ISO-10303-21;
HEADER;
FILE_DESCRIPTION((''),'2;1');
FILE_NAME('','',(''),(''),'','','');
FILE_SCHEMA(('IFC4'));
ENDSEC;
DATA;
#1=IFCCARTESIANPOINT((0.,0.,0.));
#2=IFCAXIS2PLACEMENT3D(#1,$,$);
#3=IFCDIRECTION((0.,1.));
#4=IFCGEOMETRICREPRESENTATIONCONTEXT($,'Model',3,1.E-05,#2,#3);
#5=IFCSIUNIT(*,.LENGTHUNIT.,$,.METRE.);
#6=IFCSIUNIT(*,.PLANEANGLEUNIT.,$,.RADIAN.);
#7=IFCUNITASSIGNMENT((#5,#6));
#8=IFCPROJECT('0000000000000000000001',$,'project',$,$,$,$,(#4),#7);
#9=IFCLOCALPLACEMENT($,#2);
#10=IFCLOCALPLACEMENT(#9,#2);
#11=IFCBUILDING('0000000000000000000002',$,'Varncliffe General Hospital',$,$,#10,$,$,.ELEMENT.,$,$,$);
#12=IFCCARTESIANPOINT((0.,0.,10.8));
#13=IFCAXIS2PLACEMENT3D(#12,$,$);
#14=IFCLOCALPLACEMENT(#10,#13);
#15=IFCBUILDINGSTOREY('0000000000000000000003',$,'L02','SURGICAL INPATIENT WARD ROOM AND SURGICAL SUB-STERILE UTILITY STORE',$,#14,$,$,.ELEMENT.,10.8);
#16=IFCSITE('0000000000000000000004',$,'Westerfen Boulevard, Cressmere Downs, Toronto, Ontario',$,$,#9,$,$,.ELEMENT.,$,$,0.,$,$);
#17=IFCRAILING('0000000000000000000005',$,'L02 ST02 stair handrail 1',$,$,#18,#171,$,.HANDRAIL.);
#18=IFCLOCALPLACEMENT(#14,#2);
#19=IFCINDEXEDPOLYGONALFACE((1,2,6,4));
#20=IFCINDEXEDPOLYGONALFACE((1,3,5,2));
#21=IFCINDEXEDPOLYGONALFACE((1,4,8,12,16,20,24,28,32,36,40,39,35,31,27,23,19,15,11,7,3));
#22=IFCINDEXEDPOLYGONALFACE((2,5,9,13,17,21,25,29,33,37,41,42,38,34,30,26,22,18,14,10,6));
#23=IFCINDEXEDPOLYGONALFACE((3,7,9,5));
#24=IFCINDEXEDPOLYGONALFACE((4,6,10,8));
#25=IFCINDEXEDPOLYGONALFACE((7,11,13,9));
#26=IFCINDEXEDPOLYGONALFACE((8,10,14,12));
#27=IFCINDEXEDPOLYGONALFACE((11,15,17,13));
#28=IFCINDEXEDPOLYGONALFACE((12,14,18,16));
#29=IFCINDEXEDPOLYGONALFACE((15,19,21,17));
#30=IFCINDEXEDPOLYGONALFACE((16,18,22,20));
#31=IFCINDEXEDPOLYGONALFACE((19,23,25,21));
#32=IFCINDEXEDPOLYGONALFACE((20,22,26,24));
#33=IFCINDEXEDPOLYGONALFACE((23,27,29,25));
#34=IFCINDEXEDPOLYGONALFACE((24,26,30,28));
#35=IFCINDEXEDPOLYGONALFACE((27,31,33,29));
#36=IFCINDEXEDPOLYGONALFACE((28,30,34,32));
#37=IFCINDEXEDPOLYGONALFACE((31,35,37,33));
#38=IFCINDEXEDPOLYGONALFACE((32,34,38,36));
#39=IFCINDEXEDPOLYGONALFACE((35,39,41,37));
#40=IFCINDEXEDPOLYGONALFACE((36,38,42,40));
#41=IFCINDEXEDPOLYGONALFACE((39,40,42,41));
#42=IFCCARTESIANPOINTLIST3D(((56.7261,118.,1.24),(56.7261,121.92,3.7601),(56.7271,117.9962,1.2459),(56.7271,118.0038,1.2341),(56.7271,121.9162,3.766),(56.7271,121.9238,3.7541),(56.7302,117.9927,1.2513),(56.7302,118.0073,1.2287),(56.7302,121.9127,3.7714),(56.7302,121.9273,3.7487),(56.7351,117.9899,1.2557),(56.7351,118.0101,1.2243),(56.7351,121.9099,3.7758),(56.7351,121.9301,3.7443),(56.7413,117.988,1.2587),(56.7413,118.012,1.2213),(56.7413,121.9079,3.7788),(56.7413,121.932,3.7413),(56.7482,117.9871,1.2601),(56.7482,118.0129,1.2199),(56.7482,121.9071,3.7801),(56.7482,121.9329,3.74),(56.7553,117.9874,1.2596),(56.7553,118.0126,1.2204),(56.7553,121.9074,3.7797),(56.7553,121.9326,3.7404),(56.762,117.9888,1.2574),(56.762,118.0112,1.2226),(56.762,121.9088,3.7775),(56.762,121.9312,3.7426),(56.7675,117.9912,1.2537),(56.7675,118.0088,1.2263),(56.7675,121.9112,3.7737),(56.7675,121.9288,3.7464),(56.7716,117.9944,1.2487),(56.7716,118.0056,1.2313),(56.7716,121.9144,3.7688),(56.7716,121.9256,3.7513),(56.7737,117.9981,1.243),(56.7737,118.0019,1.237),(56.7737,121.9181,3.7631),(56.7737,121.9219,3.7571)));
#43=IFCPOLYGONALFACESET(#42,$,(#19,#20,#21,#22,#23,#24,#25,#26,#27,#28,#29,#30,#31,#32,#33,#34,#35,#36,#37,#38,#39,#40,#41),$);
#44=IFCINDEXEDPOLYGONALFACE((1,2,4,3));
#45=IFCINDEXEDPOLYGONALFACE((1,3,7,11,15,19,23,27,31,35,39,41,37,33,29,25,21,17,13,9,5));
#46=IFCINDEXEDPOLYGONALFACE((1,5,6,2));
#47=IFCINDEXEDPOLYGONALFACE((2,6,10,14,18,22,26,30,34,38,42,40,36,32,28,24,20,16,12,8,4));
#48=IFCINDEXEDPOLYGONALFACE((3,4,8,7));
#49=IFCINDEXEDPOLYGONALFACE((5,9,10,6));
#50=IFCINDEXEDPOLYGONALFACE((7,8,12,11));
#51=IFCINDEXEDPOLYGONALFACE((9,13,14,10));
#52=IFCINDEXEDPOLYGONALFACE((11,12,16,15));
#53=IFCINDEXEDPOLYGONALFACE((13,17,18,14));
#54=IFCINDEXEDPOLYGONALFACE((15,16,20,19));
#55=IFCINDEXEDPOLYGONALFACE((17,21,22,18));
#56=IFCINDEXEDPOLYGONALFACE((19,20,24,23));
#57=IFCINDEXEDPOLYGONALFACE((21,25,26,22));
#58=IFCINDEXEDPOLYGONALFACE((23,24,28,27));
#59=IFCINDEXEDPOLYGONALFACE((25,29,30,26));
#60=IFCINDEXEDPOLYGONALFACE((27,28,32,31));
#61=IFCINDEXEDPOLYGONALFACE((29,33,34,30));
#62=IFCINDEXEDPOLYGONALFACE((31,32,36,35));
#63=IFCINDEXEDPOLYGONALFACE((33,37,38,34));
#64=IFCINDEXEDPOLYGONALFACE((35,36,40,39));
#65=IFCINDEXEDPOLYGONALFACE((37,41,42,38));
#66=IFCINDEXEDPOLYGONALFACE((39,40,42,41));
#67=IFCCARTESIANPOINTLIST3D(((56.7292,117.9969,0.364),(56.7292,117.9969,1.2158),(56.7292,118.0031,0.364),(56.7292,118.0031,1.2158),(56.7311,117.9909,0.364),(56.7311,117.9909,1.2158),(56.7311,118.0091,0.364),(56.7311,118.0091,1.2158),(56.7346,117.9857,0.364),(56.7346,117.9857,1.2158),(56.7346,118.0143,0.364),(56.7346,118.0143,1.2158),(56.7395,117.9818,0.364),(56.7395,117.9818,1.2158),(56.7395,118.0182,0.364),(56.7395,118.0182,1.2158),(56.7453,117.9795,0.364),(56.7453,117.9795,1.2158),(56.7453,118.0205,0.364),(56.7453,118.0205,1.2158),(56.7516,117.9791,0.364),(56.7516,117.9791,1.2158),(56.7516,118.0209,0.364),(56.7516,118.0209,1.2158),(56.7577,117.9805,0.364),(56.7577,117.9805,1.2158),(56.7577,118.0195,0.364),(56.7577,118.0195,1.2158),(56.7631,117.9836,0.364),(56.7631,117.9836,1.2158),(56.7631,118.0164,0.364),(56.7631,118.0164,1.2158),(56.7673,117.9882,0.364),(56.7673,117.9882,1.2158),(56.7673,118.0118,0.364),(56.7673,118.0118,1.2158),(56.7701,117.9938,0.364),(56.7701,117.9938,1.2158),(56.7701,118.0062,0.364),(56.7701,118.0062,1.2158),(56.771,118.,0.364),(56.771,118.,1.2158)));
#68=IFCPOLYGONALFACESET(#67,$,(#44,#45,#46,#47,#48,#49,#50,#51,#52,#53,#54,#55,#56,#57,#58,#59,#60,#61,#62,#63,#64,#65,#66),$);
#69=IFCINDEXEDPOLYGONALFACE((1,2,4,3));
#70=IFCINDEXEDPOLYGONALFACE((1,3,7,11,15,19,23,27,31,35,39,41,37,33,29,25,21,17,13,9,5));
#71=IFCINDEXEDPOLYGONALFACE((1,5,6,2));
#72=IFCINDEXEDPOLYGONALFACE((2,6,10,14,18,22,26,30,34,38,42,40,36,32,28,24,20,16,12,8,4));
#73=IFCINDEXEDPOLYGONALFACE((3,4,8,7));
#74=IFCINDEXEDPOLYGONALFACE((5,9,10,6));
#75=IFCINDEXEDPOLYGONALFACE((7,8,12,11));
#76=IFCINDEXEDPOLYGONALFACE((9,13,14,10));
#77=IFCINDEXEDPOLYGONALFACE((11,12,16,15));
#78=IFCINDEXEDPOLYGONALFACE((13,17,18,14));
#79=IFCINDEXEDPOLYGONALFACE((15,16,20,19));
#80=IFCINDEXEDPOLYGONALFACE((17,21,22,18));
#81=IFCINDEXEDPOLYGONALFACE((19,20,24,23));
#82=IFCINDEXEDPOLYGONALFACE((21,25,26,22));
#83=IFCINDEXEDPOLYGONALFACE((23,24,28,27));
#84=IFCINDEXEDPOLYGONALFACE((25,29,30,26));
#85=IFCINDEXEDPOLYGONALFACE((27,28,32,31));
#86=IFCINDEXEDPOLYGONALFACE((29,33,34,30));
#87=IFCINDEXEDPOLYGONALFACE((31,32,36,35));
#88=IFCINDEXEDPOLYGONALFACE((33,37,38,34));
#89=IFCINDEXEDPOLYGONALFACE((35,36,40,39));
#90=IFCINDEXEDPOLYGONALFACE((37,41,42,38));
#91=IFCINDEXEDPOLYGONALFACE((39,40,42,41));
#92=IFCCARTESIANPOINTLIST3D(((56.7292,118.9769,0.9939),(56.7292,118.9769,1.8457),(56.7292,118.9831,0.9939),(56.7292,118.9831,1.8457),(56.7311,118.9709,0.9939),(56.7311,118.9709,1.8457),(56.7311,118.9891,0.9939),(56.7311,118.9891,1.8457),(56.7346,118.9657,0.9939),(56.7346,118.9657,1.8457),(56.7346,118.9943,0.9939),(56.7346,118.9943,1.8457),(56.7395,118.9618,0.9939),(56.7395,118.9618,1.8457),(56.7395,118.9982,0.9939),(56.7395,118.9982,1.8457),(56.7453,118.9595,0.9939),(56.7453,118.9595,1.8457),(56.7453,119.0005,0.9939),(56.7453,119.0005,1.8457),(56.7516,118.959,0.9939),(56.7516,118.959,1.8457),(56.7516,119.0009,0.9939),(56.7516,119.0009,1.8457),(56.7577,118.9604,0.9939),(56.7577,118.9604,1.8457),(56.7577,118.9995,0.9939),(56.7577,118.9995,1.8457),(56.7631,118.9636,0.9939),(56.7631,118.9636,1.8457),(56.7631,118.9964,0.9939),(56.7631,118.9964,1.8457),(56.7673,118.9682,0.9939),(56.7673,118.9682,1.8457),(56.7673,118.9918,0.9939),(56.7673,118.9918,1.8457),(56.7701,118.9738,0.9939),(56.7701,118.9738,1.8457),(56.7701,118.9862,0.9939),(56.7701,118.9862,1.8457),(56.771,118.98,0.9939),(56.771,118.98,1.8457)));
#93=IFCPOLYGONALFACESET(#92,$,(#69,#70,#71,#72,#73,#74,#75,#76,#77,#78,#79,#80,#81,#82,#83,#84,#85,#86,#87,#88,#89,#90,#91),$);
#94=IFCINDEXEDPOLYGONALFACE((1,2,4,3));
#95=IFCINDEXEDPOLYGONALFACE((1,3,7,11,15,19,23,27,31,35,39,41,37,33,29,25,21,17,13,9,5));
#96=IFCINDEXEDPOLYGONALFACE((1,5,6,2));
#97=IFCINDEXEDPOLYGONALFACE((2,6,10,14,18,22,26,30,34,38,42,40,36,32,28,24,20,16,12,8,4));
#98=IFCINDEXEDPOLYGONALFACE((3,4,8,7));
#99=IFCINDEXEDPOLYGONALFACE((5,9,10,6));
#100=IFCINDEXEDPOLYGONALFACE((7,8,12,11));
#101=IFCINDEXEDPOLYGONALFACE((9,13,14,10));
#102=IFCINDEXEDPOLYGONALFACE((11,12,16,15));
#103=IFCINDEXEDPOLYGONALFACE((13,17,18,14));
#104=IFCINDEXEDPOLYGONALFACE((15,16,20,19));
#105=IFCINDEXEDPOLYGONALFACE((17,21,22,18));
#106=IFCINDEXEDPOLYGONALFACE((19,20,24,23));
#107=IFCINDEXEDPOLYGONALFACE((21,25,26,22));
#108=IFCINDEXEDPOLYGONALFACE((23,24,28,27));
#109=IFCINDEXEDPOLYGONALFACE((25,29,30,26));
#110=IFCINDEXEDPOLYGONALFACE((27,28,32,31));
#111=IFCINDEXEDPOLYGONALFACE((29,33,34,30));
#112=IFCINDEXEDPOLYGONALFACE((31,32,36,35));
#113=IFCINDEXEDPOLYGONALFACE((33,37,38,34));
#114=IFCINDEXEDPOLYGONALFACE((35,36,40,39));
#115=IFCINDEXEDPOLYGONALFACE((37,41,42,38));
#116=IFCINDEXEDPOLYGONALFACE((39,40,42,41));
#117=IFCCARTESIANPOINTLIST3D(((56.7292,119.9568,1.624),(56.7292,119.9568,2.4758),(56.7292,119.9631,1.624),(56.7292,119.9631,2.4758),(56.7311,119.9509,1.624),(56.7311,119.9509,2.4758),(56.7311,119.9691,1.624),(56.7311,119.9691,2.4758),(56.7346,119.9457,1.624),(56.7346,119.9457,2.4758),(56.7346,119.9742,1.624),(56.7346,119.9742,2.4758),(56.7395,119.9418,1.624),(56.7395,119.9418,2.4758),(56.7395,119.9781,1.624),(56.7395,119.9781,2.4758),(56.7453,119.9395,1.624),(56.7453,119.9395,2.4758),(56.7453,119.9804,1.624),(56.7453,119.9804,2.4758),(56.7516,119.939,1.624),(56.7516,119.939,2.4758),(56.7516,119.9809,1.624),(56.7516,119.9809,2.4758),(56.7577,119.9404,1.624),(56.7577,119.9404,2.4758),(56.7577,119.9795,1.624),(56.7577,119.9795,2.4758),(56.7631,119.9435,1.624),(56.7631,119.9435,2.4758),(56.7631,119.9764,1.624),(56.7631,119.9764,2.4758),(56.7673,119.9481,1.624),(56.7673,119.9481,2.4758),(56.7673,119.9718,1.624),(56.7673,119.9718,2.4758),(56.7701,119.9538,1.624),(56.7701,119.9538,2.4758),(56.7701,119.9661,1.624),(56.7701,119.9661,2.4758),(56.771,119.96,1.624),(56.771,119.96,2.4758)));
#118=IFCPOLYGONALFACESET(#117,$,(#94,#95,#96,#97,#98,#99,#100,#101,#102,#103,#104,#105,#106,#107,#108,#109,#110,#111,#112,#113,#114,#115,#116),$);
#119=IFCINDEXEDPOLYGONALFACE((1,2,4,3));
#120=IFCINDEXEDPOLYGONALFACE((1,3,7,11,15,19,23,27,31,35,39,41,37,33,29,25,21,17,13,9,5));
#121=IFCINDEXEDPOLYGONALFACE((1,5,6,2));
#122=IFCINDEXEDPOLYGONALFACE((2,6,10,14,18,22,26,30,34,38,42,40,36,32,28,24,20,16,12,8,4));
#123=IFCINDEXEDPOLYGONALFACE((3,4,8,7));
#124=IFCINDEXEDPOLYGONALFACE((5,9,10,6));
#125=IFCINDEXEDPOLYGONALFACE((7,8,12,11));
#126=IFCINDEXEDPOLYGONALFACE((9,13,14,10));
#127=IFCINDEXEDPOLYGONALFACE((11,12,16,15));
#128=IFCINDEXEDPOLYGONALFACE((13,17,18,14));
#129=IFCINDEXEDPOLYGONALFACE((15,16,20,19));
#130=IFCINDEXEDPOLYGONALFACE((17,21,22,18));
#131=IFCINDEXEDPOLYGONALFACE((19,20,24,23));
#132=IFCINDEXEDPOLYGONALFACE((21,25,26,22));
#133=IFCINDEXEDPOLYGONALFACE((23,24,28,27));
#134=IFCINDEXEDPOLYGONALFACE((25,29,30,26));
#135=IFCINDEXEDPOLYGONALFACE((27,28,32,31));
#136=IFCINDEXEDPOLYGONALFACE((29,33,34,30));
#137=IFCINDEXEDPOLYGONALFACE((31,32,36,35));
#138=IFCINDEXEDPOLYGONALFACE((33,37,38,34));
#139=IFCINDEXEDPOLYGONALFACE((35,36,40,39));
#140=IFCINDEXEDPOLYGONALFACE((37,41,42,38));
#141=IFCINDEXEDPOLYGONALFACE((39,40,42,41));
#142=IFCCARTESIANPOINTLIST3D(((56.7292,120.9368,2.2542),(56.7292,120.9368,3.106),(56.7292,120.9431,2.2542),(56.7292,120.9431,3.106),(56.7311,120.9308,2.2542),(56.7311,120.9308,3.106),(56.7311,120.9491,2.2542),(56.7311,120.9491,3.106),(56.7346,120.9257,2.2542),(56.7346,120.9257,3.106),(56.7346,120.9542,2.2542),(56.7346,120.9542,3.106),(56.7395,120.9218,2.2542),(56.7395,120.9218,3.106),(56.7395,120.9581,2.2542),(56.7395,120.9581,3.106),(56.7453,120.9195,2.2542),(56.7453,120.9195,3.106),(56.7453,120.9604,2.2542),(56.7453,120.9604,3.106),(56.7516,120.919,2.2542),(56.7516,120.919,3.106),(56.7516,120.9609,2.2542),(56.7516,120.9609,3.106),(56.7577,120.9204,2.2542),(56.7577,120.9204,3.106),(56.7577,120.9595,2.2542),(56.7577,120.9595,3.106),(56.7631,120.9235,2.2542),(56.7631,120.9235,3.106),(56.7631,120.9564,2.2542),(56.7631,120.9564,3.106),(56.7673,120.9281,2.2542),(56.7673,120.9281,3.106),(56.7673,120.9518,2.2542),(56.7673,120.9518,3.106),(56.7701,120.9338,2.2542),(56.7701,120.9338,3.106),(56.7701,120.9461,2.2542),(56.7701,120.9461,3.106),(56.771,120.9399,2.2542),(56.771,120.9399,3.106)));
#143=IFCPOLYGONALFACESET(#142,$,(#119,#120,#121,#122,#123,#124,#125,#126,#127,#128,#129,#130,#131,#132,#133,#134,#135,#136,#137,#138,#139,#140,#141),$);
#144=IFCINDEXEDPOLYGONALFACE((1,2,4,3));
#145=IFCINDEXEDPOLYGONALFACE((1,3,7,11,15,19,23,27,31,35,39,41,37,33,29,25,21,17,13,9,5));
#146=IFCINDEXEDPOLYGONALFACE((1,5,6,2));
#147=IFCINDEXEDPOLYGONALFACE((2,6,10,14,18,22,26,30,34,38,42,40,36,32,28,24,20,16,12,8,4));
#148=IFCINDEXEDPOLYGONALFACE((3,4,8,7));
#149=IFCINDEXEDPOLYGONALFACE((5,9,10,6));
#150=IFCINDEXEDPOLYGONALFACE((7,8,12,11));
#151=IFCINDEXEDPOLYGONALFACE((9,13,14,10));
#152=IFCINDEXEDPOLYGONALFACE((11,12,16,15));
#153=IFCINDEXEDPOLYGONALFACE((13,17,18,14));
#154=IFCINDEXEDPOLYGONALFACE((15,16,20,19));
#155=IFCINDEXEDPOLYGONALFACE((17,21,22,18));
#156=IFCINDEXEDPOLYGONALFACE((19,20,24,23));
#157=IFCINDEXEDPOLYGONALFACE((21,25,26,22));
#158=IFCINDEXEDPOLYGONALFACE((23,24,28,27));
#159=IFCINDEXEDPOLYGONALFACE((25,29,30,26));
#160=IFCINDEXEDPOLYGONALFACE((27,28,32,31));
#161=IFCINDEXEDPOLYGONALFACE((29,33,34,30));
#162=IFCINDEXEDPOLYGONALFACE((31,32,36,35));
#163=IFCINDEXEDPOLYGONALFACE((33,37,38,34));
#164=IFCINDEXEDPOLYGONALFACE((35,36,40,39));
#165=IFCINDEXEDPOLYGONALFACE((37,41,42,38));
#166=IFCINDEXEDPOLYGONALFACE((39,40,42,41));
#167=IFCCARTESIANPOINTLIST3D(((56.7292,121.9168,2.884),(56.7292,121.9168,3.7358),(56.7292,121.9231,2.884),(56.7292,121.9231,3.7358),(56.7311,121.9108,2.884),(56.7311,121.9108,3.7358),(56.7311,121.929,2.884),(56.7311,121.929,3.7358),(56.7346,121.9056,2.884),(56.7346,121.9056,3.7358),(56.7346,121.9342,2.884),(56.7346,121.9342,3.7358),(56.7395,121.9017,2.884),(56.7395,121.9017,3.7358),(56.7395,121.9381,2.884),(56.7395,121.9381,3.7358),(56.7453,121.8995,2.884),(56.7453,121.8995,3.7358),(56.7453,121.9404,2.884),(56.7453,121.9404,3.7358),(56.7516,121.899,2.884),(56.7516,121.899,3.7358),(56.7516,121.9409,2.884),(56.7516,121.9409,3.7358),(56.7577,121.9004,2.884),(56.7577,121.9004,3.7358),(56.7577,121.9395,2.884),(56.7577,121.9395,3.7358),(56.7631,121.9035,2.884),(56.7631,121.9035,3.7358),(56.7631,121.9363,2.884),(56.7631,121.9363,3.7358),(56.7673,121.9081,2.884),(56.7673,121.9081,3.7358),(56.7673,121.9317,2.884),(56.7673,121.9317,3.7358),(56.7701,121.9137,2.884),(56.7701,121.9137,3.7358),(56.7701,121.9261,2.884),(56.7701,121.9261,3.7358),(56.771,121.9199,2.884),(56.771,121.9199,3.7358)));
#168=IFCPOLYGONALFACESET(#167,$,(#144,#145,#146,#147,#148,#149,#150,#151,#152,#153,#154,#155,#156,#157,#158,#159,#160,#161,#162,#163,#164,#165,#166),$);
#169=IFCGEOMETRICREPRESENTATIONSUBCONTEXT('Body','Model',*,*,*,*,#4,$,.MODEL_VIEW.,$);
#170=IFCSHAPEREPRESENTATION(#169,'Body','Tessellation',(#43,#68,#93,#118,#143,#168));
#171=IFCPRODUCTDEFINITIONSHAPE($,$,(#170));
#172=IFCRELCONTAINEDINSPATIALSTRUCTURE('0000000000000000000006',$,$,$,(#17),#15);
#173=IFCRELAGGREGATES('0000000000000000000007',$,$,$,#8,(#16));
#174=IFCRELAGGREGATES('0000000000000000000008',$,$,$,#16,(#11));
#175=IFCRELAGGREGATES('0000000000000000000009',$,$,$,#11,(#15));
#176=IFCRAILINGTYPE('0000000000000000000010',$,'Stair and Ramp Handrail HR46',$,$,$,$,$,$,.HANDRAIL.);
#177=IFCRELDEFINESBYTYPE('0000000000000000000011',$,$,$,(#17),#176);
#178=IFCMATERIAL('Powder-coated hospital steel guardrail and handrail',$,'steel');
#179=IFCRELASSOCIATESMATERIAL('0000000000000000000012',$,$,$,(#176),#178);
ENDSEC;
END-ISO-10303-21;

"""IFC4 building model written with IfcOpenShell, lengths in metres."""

from ifc_helpers import new_model, si_unit, direction, frame, origin, origin_2d, place, context, subcontext, project, spatial, circle, extrude, material, type_object, element, save


model = new_model("IFC4")

# Units and contexts
model_context = context("Model", 3, precision=1e-05, world=origin(), true_north=direction((0.0, 1.0)))
body_context = subcontext(model_context, "Body", "Model", "MODEL_VIEW")
ifc_project = project(units=[si_unit("LENGTHUNIT", "METRE"), si_unit("PLANEANGLEUNIT", "RADIAN")], contexts=[model_context])

# Site, building, storey
site_placement = place(None, origin())
site = spatial("IfcSite", under=ifc_project, at=site_placement, Name="Westerfen Boulevard, Cressmere Downs, Toronto, Ontario", CompositionType="ELEMENT", RefElevation=0.0)
building_placement = place(site_placement, origin())
building = spatial("IfcBuilding", under=site, at=building_placement, Name="Varncliffe General Hospital", CompositionType="ELEMENT")
storey_placement = place(building_placement, frame((0.0, 0.0, 10.8)))
storey = spatial("IfcBuildingStorey", under=building, at=storey_placement, Name="L02", Description="SURGICAL INPATIENT WARD ROOM AND SURGICAL SUB-STERILE UTILITY STORE", CompositionType="ELEMENT", Elevation=10.8)

# Railing
ifc_material_1 = material(Name="Powder-coated hospital steel guardrail and handrail", Category="steel")
railing_type_1 = type_object("IfcRailingType", Name="Stair and Ramp Handrail HR46", PredefinedType="HANDRAIL", material=ifc_material_1)
railing_1_placement = place(storey_placement, frame((56.75, 118.0, 0.364)))
element("IfcRailing", 1, at=railing_1_placement, inside=storey, type_object=railing_type_1, Name="L02 ST02 stair handrail 1", PredefinedType="HANDRAIL", context=body_context, shape_type="SweptSolid", body=[
    extrude(circle(Radius=0.0239, at=origin_2d()), frame((0.0, 0.0, 0.876), z_axis=(0.0, 0.841172, 0.540768), x_axis=(-1.0, 0.0, 0.0)), (0.0, 0.0, 1.0), 4.6602),
    extrude(circle(Radius=0.021, at=origin_2d()), origin(), (0.0, 0.0, 1.0), 0.8518),
    extrude(circle(Radius=0.021, at=origin_2d()), frame((0.0, 0.98, 0.6299)), (0.0, 0.0, 1.0), 0.8518),
    extrude(circle(Radius=0.021, at=origin_2d()), frame((0.0, 1.96, 1.26)), (0.0, 0.0, 1.0), 0.8518),
    extrude(circle(Radius=0.021, at=origin_2d()), frame((0.0, 2.9399, 1.8901)), (0.0, 0.0, 1.0), 0.8518),
    extrude(circle(Radius=0.021, at=origin_2d()), frame((0.0, 3.9199, 2.52)), (0.0, 0.0, 1.0), 0.8518),
])

save(model, "model.ifc")
